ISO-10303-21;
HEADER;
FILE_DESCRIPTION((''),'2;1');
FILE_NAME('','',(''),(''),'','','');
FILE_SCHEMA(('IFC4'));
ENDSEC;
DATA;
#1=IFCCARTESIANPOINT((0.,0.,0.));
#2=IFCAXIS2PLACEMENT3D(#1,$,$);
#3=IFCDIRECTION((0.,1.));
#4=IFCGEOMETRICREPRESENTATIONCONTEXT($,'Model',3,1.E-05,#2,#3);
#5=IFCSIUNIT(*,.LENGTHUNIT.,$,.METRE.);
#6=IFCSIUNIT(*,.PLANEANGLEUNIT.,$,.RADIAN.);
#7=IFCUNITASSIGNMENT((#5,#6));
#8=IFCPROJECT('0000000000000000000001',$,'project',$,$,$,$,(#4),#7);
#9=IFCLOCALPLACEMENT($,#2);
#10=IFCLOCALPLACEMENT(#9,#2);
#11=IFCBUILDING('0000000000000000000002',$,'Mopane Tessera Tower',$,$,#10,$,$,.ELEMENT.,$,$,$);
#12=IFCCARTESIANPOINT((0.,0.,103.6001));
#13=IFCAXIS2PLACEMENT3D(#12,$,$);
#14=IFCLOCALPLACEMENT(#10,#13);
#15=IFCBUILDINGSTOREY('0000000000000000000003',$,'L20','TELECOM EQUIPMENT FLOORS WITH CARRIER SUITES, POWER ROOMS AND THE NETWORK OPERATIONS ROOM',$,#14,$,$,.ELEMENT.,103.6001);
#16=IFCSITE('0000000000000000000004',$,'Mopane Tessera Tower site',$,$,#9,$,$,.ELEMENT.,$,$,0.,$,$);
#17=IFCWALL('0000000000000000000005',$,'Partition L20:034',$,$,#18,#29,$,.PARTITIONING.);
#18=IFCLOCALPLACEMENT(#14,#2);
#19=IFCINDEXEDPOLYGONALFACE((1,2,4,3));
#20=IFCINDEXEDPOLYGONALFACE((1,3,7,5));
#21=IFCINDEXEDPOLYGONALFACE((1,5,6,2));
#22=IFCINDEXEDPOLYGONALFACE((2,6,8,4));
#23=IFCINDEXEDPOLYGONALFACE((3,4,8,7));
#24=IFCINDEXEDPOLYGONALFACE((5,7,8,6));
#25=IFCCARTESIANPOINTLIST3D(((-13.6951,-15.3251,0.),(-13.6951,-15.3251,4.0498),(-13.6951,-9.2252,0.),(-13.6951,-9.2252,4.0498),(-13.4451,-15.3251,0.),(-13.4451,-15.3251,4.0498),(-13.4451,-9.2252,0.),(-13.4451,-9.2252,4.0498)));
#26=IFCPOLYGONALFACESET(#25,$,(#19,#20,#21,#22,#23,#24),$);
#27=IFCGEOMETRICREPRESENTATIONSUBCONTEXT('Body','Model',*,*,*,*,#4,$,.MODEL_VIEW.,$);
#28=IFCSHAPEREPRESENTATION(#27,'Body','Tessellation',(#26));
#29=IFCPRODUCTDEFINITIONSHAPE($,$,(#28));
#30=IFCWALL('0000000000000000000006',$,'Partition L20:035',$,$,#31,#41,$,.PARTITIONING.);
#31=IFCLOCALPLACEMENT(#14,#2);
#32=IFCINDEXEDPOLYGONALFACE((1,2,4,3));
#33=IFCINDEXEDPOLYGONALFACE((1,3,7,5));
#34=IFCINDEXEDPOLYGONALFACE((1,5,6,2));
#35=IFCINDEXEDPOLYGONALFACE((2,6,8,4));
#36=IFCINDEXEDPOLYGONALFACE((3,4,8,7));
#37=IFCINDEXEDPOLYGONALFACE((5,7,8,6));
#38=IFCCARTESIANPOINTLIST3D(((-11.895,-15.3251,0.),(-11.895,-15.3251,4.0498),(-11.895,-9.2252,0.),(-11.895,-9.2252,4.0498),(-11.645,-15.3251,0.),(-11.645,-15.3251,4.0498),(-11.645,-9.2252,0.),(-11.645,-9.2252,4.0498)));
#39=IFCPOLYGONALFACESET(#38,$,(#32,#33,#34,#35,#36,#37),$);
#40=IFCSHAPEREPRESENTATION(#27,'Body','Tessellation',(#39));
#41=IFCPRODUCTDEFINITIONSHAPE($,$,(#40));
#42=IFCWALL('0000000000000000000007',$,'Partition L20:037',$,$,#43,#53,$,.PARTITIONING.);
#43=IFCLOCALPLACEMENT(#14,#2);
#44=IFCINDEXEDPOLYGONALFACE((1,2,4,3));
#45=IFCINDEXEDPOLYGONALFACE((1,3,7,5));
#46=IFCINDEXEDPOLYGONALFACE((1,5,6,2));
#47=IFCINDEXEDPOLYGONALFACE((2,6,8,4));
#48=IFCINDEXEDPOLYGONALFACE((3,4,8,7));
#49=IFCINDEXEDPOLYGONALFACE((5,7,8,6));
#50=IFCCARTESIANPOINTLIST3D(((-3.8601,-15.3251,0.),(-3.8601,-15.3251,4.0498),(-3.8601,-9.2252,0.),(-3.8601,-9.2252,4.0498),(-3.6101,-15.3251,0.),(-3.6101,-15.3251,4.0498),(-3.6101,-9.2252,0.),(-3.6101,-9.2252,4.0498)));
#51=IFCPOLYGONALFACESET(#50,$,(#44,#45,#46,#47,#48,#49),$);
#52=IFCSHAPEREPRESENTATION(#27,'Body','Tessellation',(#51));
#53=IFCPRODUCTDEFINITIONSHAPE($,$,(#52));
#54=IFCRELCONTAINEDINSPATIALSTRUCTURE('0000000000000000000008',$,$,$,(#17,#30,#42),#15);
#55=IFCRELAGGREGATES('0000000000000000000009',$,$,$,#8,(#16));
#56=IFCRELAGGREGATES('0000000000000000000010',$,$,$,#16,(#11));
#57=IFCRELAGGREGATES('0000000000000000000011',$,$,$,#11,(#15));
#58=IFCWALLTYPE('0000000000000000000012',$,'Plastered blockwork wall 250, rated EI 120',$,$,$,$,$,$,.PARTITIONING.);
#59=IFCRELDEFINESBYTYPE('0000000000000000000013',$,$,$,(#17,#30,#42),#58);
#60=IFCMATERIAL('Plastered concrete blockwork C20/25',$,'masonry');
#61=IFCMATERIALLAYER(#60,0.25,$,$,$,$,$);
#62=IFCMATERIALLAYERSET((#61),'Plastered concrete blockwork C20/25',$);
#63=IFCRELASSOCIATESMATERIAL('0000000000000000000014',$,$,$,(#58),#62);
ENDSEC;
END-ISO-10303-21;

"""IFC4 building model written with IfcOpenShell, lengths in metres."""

from ifc_helpers import new_model, si_unit, direction, frame, frame_2d, origin, place, context, subcontext, project, spatial, rectangle, extrude, material, layer, layer_set, type_object, element, save


model = new_model("IFC4")

# Units and contexts
model_context = context("Model", 3, precision=1e-05, world=origin(), true_north=direction((0.0, 1.0)))
body_context = subcontext(model_context, "Body", "Model", "MODEL_VIEW")
ifc_project = project(units=[si_unit("LENGTHUNIT", "METRE"), si_unit("PLANEANGLEUNIT", "RADIAN")], contexts=[model_context])

# Site, building, storey
site_placement = place(None, origin())
site = spatial("IfcSite", under=ifc_project, at=site_placement, Name="Mopane Tessera Tower site", CompositionType="ELEMENT", RefElevation=0.0)
building_placement = place(site_placement, origin())
building = spatial("IfcBuilding", under=site, at=building_placement, Name="Mopane Tessera Tower", CompositionType="ELEMENT")
storey_placement = place(building_placement, frame((0.0, 0.0, 103.6001)))
storey = spatial("IfcBuildingStorey", under=building, at=storey_placement, Name="L20", Description="TELECOM EQUIPMENT FLOORS WITH CARRIER SUITES, POWER ROOMS AND THE NETWORK OPERATIONS ROOM", CompositionType="ELEMENT", Elevation=103.6001)

# Walls
ifc_material_1 = material(Name="Plastered concrete blockwork C20/25", Category="masonry")
ifc_layer_1 = layer(ifc_material_1, 0.25)
ifc_layer_set_1 = layer_set([ifc_layer_1], Name="Plastered concrete blockwork C20/25")
wall_type_1 = type_object("IfcWallType", Name="Plastered blockwork wall 250, rated EI 120", PredefinedType="PARTITIONING", material=ifc_layer_set_1)
for number, where, z_axis, x_axis, name in (
    (1, (-13.5701, -15.325, 0.0), (0.0, 0.0, 1.0), (0.0, 1.0, 0.0), "Partition L20:034"),
    (2, (-11.77, -15.325, 0.0), (0.0, 0.0, 1.0), (0.0, 1.0, 0.0), "Partition L20:035"),
    (3, (-3.7351, -15.325, 0.0), (0.0, 0.0, 1.0), (0.0, 1.0, 0.0), "Partition L20:037"),
):
    element("IfcWall", number, at=place(storey_placement, frame(where, z_axis=z_axis, x_axis=x_axis)), inside=storey, type_object=wall_type_1, Name=name, PredefinedType="PARTITIONING", context=body_context, shape_type="SweptSolid", body=[
        extrude(rectangle(XDim=6.0999, YDim=0.25, at=frame_2d((3.0498, 0.0))), origin(), (0.0, 0.0, 1.0), 4.0498),
    ])

save(model, "model.ifc")
